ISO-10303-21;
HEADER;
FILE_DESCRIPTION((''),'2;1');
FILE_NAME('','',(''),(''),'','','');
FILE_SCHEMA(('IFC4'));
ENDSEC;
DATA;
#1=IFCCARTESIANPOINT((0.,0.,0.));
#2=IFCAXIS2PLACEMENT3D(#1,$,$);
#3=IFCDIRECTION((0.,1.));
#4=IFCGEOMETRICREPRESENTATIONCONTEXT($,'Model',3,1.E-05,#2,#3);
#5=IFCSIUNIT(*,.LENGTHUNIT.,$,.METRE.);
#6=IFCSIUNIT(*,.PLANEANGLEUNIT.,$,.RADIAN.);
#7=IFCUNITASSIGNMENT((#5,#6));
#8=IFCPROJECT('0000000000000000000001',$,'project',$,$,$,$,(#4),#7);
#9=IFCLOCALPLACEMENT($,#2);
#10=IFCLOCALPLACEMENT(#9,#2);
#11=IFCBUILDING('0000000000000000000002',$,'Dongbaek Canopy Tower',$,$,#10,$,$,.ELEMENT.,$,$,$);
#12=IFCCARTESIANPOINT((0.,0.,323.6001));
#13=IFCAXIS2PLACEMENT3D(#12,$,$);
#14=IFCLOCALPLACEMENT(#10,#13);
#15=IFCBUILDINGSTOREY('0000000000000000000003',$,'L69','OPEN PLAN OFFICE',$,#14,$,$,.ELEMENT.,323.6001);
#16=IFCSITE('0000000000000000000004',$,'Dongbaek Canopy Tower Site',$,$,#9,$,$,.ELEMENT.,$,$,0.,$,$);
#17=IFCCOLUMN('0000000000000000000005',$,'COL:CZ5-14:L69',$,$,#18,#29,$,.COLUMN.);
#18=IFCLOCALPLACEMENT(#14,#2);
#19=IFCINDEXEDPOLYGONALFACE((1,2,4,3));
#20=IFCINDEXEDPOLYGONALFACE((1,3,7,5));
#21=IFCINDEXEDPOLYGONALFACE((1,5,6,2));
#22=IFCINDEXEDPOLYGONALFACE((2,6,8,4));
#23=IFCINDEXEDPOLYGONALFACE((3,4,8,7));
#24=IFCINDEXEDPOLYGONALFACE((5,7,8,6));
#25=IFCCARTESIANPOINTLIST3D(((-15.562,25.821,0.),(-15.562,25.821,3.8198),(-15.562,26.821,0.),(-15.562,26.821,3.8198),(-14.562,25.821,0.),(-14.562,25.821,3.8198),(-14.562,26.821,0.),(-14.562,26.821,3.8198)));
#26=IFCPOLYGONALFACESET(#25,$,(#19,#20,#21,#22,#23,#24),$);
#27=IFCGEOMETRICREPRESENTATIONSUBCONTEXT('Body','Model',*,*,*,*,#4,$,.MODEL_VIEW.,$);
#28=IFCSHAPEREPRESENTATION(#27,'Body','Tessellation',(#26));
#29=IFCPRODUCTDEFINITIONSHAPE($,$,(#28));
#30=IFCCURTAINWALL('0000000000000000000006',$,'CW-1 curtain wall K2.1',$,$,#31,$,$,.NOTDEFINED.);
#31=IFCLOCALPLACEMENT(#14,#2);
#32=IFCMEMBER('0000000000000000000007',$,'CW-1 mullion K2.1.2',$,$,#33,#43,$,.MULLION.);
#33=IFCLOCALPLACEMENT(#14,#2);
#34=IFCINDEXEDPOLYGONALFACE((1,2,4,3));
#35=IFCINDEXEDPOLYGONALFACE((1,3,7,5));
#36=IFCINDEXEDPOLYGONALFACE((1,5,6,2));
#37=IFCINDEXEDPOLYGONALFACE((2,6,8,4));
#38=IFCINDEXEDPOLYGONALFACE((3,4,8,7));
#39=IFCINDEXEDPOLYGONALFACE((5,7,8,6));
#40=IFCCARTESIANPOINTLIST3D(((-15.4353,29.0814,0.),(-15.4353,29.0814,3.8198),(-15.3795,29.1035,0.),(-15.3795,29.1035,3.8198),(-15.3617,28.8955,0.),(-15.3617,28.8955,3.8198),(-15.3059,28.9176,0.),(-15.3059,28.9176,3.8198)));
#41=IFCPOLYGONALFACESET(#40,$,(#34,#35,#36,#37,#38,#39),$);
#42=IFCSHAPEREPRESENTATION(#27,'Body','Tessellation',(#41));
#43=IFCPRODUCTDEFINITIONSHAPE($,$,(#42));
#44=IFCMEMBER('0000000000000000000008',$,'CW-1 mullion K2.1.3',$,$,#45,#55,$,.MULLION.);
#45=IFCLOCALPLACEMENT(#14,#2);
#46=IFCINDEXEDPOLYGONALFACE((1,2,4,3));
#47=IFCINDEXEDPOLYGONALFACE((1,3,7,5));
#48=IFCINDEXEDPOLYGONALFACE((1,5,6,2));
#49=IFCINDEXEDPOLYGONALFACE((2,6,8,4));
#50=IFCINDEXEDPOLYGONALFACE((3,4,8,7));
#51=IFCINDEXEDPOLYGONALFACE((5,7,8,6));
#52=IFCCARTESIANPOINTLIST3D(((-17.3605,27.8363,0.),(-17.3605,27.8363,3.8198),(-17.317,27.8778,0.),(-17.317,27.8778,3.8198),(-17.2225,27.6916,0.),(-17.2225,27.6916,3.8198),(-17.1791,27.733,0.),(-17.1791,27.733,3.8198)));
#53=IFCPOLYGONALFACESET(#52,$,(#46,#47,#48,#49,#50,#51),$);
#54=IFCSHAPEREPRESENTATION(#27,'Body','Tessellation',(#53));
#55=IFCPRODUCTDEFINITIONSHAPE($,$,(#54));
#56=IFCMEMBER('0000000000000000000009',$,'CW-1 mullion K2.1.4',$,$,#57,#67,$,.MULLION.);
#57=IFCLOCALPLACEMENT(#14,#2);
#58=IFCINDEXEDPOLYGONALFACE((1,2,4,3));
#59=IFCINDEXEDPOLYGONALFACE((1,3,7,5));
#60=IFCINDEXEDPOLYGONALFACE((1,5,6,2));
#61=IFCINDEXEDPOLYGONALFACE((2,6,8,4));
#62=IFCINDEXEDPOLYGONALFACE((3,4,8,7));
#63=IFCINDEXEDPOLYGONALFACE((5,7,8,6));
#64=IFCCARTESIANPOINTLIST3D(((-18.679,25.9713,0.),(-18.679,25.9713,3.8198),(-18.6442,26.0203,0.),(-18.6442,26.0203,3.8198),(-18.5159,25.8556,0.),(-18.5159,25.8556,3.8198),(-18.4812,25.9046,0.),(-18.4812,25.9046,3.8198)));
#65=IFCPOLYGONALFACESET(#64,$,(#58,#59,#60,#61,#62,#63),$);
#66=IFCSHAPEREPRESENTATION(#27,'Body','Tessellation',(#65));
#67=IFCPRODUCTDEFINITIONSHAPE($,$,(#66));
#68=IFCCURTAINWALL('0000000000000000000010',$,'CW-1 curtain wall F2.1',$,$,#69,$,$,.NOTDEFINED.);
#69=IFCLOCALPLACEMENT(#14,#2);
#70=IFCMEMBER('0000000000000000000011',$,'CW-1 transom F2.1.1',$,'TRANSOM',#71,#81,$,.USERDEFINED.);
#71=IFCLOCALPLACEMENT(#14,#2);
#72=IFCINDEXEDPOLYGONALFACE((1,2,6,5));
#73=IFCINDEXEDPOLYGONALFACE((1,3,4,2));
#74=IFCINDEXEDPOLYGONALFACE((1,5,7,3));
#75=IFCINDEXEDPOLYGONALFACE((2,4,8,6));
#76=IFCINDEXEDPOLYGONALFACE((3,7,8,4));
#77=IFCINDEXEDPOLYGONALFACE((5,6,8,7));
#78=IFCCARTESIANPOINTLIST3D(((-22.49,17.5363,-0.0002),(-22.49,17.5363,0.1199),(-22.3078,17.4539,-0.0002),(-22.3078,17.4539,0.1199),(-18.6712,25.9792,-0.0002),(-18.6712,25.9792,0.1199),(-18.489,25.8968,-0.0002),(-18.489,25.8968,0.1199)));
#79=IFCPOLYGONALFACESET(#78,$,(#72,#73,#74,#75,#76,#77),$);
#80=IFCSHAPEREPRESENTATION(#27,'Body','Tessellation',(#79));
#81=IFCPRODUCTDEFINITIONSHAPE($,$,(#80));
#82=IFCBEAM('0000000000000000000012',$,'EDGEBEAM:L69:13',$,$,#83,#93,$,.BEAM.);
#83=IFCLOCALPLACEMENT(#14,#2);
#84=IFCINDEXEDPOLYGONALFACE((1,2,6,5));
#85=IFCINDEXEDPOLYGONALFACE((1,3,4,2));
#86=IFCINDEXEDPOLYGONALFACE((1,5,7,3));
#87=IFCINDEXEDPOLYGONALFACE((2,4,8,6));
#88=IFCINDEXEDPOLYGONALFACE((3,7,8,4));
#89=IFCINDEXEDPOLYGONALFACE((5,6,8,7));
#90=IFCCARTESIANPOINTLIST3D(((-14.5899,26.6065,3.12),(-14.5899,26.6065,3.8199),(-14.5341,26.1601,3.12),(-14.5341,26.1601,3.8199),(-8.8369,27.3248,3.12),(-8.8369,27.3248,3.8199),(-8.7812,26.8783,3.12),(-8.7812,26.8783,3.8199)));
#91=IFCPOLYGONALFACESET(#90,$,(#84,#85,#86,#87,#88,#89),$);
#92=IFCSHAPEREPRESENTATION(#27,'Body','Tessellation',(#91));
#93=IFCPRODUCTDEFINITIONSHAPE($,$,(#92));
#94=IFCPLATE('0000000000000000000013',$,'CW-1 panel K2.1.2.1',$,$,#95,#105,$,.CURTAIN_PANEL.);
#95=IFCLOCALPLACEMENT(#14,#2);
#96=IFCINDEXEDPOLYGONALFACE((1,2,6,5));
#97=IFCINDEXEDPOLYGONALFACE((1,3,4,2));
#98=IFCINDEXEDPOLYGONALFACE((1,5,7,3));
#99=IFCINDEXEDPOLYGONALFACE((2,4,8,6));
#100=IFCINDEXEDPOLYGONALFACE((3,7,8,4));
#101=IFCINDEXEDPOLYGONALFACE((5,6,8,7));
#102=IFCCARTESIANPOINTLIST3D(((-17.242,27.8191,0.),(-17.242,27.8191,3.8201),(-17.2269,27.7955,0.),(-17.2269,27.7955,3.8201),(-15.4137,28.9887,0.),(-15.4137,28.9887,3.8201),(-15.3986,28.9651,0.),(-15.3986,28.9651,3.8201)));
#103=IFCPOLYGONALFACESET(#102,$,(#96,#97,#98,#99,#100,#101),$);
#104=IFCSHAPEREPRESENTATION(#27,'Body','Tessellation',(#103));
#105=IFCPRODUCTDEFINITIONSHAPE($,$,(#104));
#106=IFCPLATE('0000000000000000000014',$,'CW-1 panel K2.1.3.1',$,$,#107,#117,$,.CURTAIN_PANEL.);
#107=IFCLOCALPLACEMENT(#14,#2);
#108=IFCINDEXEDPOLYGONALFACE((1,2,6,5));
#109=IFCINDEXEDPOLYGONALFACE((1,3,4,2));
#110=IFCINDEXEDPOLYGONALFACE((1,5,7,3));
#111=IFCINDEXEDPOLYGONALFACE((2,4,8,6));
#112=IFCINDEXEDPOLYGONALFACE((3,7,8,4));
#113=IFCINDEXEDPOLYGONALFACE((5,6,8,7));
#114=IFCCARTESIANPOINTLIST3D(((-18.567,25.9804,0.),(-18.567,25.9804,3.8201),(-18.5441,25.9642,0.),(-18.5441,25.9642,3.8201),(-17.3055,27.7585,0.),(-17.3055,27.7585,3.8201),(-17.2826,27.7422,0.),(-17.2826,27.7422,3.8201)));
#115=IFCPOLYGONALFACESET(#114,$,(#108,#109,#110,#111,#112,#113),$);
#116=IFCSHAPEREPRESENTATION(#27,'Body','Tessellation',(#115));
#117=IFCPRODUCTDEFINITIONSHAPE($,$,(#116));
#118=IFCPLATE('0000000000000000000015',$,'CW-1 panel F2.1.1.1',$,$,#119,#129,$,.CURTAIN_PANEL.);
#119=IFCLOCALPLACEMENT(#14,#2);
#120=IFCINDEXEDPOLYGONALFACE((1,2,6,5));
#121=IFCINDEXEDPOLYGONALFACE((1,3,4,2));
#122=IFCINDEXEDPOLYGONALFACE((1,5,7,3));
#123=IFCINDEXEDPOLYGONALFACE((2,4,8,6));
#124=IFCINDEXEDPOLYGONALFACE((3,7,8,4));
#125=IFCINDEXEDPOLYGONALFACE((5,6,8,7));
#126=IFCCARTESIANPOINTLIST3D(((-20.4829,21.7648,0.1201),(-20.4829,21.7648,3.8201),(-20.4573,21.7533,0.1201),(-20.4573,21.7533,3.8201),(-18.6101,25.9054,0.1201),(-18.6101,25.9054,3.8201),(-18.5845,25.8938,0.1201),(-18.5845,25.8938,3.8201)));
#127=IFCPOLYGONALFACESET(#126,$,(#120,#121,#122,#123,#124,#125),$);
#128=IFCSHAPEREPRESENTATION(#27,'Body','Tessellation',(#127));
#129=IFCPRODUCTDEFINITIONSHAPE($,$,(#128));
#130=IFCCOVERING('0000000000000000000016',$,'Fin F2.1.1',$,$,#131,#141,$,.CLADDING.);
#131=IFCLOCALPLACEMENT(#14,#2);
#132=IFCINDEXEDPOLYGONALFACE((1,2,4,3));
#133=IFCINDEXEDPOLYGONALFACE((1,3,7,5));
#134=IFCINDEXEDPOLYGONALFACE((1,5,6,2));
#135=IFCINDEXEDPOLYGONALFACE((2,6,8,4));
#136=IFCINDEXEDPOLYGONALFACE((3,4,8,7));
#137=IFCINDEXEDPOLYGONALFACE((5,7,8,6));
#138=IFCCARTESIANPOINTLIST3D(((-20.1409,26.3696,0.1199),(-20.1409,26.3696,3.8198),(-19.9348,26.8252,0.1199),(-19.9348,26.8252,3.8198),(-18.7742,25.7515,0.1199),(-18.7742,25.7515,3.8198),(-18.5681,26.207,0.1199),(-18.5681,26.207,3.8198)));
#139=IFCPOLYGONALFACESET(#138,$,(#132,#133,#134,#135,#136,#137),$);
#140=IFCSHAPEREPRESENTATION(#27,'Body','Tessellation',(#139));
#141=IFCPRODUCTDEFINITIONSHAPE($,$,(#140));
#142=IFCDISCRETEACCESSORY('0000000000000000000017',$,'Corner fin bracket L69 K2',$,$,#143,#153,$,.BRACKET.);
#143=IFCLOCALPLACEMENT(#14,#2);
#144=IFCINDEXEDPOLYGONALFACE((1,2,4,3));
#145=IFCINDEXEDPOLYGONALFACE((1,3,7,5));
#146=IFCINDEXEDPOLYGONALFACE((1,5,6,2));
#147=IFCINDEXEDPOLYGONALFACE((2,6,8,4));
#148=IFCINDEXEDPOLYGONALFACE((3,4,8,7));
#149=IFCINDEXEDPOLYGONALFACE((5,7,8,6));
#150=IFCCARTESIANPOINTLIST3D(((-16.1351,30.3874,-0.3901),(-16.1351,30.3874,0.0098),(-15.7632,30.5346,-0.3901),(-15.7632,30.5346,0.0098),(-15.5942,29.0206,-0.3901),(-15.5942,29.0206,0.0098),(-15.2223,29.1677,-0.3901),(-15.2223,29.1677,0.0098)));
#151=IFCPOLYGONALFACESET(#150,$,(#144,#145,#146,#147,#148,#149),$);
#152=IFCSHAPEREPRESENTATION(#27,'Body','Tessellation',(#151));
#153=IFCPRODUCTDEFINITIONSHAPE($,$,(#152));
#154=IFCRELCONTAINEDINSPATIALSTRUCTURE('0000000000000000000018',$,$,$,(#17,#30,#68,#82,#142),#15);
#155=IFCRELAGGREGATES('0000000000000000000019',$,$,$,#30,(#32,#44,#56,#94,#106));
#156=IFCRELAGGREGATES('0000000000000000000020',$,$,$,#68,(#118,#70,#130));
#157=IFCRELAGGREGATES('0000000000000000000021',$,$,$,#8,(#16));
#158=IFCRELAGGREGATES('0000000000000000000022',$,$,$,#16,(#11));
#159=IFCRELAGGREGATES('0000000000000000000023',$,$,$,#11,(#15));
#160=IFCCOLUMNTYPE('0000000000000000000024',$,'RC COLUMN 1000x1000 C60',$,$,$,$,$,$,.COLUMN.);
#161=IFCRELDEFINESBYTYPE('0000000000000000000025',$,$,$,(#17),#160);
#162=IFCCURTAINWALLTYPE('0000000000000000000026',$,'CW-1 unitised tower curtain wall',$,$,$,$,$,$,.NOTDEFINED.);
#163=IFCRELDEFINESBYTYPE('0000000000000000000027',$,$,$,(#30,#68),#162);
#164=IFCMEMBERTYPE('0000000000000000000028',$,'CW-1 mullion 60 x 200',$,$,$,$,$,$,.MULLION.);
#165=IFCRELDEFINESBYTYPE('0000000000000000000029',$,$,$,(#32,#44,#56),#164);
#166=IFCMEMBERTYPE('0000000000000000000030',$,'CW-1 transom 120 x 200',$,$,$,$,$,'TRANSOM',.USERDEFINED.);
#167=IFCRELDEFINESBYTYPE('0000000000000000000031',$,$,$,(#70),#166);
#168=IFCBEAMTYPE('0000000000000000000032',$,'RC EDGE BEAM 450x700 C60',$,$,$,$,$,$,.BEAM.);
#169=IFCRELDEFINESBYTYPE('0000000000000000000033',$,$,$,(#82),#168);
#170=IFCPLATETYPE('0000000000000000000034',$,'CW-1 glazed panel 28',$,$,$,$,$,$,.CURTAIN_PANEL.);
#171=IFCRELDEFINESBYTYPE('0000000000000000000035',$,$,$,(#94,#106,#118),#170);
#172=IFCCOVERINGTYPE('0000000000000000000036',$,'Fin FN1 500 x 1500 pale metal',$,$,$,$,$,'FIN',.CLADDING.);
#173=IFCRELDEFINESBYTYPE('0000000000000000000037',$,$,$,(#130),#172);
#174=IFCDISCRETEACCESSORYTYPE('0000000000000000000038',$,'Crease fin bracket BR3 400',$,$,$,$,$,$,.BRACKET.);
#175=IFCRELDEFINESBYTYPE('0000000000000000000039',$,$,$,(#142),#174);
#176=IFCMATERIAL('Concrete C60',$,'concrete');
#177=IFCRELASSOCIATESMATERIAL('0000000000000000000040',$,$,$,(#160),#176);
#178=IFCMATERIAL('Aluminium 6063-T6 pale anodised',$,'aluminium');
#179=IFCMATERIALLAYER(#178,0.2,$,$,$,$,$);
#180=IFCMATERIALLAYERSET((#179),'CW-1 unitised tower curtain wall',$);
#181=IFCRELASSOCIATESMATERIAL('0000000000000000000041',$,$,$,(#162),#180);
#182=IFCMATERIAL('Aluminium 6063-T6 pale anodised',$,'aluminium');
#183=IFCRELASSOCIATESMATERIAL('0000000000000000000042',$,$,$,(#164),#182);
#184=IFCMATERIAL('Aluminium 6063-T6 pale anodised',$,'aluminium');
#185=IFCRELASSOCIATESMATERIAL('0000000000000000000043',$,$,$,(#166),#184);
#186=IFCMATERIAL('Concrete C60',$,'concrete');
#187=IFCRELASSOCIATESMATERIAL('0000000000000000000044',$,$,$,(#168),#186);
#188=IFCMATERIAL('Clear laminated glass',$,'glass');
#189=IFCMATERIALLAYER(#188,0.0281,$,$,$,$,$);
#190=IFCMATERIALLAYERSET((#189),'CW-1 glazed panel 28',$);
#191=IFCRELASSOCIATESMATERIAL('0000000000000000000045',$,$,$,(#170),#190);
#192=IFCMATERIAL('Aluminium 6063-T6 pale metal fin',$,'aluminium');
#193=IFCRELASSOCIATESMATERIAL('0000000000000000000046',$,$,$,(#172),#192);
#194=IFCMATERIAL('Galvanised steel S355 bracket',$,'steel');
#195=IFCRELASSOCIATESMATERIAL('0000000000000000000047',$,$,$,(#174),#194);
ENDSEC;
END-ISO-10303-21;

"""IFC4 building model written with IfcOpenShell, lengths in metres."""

from ifc_helpers import new_model, si_unit, direction, frame, origin, origin_2d, place, context, subcontext, project, spatial, rectangle, extrude, material, layer, layer_set, material_profile, profile_set, type_object, element, aggregate, save


model = new_model("IFC4")

# Units and contexts
model_context = context("Model", 3, precision=1e-05, world=origin(), true_north=direction((0.0, 1.0)))
body_context = subcontext(model_context, "Body", "Model", "MODEL_VIEW")
ifc_project = project(units=[si_unit("LENGTHUNIT", "METRE"), si_unit("PLANEANGLEUNIT", "RADIAN")], contexts=[model_context])

# Site, building, storey
site_placement = place(None, origin())
site = spatial("IfcSite", under=ifc_project, at=site_placement, Name="Dongbaek Canopy Tower Site", CompositionType="ELEMENT", RefElevation=0.0)
building_placement = place(site_placement, origin())
building = spatial("IfcBuilding", under=site, at=building_placement, Name="Dongbaek Canopy Tower", CompositionType="ELEMENT")
storey_placement = place(building_placement, frame((0.0, 0.0, 323.6001)))
storey = spatial("IfcBuildingStorey", under=building, at=storey_placement, Name="L69", Description="OPEN PLAN OFFICE", CompositionType="ELEMENT", Elevation=323.6001)

# Column
ifc_material_1 = material(Name="Concrete C60", Category="concrete")
ifc_material_profile_1 = material_profile(ifc_material_1, rectangle(XDim=1.0, YDim=1.0, at=origin_2d()), Name="RC COLUMN 1000x1000 C60")
ifc_profile_set_1 = profile_set([ifc_material_profile_1], Name="Concrete C60")
column_type = type_object("IfcColumnType", Name="RC COLUMN 1000x1000 C60", PredefinedType="COLUMN", material=ifc_profile_set_1)
column_placement = place(storey_placement, frame((-15.062, 26.321, 0.0), z_axis=(0.0, 0.0, 1.0), x_axis=(1.0, 0.0, 0.0)))
element("IfcColumn", 1, at=column_placement, inside=storey, type_object=column_type, Name="COL:CZ5-14:L69", PredefinedType="COLUMN", context=body_context, shape_type="SweptSolid", body=[
    extrude(rectangle(XDim=1.0, YDim=1.0, at=origin_2d()), origin(), (0.0, 0.0, 1.0), 3.8198),
])

# Curtain wall, members
ifc_material_2 = material(Name="Aluminium 6063-T6 pale anodised", Category="aluminium")
ifc_layer_1 = layer(ifc_material_2, 0.2)
ifc_layer_set_1 = layer_set([ifc_layer_1], Name="CW-1 unitised tower curtain wall")
curtain_wall_type = type_object("IfcCurtainWallType", Name="CW-1 unitised tower curtain wall", PredefinedType="NOTDEFINED", material=ifc_layer_set_1)
curtain_wall_1_placement = place(storey_placement, origin())
curtain_wall_1 = element("IfcCurtainWall", 2, at=curtain_wall_1_placement, inside=storey, type_object=curtain_wall_type, Name="CW-1 curtain wall K2.1", PredefinedType="NOTDEFINED")
ifc_material_3 = material(Name="Aluminium 6063-T6 pale anodised", Category="aluminium")
ifc_material_profile_2 = material_profile(ifc_material_3, rectangle(XDim=0.2, YDim=0.0601, at=origin_2d()), Name="CW-1 mullion 60 x 200")
ifc_profile_set_2 = profile_set([ifc_material_profile_2], Name="Aluminium 6063-T6 pale anodised")
member_type_1 = type_object("IfcMemberType", Name="CW-1 mullion 60 x 200", PredefinedType="MULLION", material=ifc_profile_set_2)
member_1_placement = place(storey_placement, frame((-15.3706, 28.9995, 0.0), z_axis=(0.0, 0.0, 1.0), x_axis=(-0.367962, 0.929841, 0.0)))
member_1 = element("IfcMember", 3, at=member_1_placement, type_object=member_type_1, Name="CW-1 mullion K2.1.2", PredefinedType="MULLION", context=body_context, shape_type="SweptSolid", body=[
    extrude(rectangle(XDim=0.2, YDim=0.0601, at=origin_2d()), origin(), (0.0, 0.0, 1.0), 3.8198),
])
member_2_placement = place(storey_placement, frame((-17.2698, 27.7847, 0.0), z_axis=(0.0, 0.0, 1.0), x_axis=(-0.689947, 0.72386, 0.0)))
member_2 = element("IfcMember", 4, at=member_2_placement, type_object=member_type_1, Name="CW-1 mullion K2.1.3", PredefinedType="MULLION", context=body_context, shape_type="SweptSolid", body=[
    extrude(rectangle(XDim=0.2, YDim=0.0601, at=origin_2d()), origin(), (0.0, 0.0, 1.0), 3.8198),
])
member_3_placement = place(storey_placement, frame((-18.5801, 25.938, 0.0), z_axis=(0.0, 0.0, 1.0), x_axis=(-0.815571, 0.578657, 0.0)))
member_3 = element("IfcMember", 5, at=member_3_placement, type_object=member_type_1, Name="CW-1 mullion K2.1.4", PredefinedType="MULLION", context=body_context, shape_type="SweptSolid", body=[
    extrude(rectangle(XDim=0.2, YDim=0.0601, at=origin_2d()), origin(), (0.0, 0.0, 1.0), 3.8198),
])

# Curtain wall, member
curtain_wall_2_placement = place(storey_placement, origin())
curtain_wall_2 = element("IfcCurtainWall", 6, at=curtain_wall_2_placement, inside=storey, type_object=curtain_wall_type, Name="CW-1 curtain wall F2.1", PredefinedType="NOTDEFINED")
ifc_material_4 = material(Name="Aluminium 6063-T6 pale anodised", Category="aluminium")
ifc_material_profile_3 = material_profile(ifc_material_4, rectangle(XDim=0.2, YDim=0.1201, at=origin_2d()), Name="CW-1 transom 120 x 200")
ifc_profile_set_3 = profile_set([ifc_material_profile_3], Name="Aluminium 6063-T6 pale anodised")
member_type_2 = type_object("IfcMemberType", Name="CW-1 transom 120 x 200", ElementType="TRANSOM", PredefinedType="USERDEFINED", material=ifc_profile_set_3)
member_4_placement = place(storey_placement, frame((-18.5801, 25.938, 0.0598), z_axis=(-0.412119, -0.91113, 0.0), x_axis=(0.91113, -0.412119, 0.0)))
member_4 = element("IfcMember", 7, at=member_4_placement, type_object=member_type_2, Name="CW-1 transom F2.1.1", ObjectType="TRANSOM", PredefinedType="USERDEFINED", context=body_context, shape_type="SweptSolid", body=[
    extrude(rectangle(XDim=0.2, YDim=0.1201, at=origin_2d()), origin(), (0.0, 0.0, 1.0), 9.2664),
])

# Beam
ifc_material_5 = material(Name="Concrete C60", Category="concrete")
ifc_material_profile_4 = material_profile(ifc_material_5, rectangle(XDim=0.45, YDim=0.7, at=origin_2d()), Name="RC EDGE BEAM 450x700 C60")
ifc_profile_set_4 = profile_set([ifc_material_profile_4], Name="Concrete C60")
beam_type = type_object("IfcBeamType", Name="RC EDGE BEAM 450x700 C60", PredefinedType="BEAM", material=ifc_profile_set_4)
beam_placement = place(storey_placement, frame((-14.562, 26.3833, 3.47), z_axis=(0.992296, 0.12389, 0.0), x_axis=(-0.12389, 0.992296, 0.0)))
element("IfcBeam", 8, at=beam_placement, inside=storey, type_object=beam_type, Name="EDGEBEAM:L69:13", PredefinedType="BEAM", context=body_context, shape_type="SweptSolid", body=[
    extrude(rectangle(XDim=0.45, YDim=0.7, at=origin_2d()), origin(), (0.0, 0.0, 1.0), 5.7976),
])

# Plates
ifc_material_6 = material(Name="Clear laminated glass", Category="glass")
ifc_layer_2 = layer(ifc_material_6, 0.0281)
ifc_layer_set_2 = layer_set([ifc_layer_2], Name="CW-1 glazed panel 28")
plate_type = type_object("IfcPlateType", Name="CW-1 glazed panel 28", PredefinedType="CURTAIN_PANEL", material=ifc_layer_set_2)
plate_1_placement = place(storey_placement, frame((-16.3203, 28.3921, 0.0), z_axis=(0.0, 0.0, 1.0), x_axis=(-0.842378, -0.538888, 0.0)))
plate_1 = element("IfcPlate", 9, at=plate_1_placement, type_object=plate_type, Name="CW-1 panel K2.1.2.1", PredefinedType="CURTAIN_PANEL", context=body_context, shape_type="SweptSolid", body=[
    extrude(rectangle(XDim=2.1704, YDim=0.0281, at=origin_2d()), origin(), (0.0, 0.0, 1.0), 3.8201),
])
plate_2_placement = place(storey_placement, frame((-17.9248, 26.8613, 0.0), z_axis=(0.0, 0.0, 1.0), x_axis=(-0.578657, -0.815571, 0.0)))
plate_2 = element("IfcPlate", 10, at=plate_2_placement, type_object=plate_type, Name="CW-1 panel K2.1.3.1", PredefinedType="CURTAIN_PANEL", context=body_context, shape_type="SweptSolid", body=[
    extrude(rectangle(XDim=2.1802, YDim=0.0281, at=origin_2d()), origin(), (0.0, 0.0, 1.0), 3.8201),
])
aggregate(curtain_wall_1, [member_1, member_2, member_3, plate_1, plate_2])
plate_3_placement = place(storey_placement, frame((-19.5337, 23.8293, 0.1201), z_axis=(0.0, 0.0, 1.0), x_axis=(-0.412122, -0.911129, 0.0)))
plate_3 = element("IfcPlate", 11, at=plate_3_placement, type_object=plate_type, Name="CW-1 panel F2.1.1.1", PredefinedType="CURTAIN_PANEL", context=body_context, shape_type="SweptSolid", body=[
    extrude(rectangle(XDim=4.5444, YDim=0.0281, at=origin_2d()), origin(), (0.0, 0.0, 1.0), 3.7),
])

# Covering
ifc_material_7 = material(Name="Aluminium 6063-T6 pale metal fin", Category="aluminium")
ifc_material_profile_5 = material_profile(ifc_material_7, rectangle(XDim=1.5, YDim=0.5, at=origin_2d()), Name="Fin FN1 500 x 1500 pale metal")
ifc_profile_set_5 = profile_set([ifc_material_profile_5], Name="Aluminium 6063-T6 pale metal fin")
covering_type = type_object("IfcCoveringType", Name="Fin FN1 500 x 1500 pale metal", ElementType="FIN", PredefinedType="CLADDING", material=ifc_profile_set_5)
covering_placement = place(storey_placement, frame((-19.3545, 26.2883, 0.1199), z_axis=(0.0, 0.0, 1.0), x_axis=(-0.911129, 0.412122, 0.0)))
covering = element("IfcCovering", 12, at=covering_placement, type_object=covering_type, Name="Fin F2.1.1", PredefinedType="CLADDING", context=body_context, shape_type="SweptSolid", body=[
    extrude(rectangle(XDim=1.5, YDim=0.5, at=origin_2d()), origin(), (0.0, 0.0, 1.0), 3.7),
])
aggregate(curtain_wall_2, [plate_3, member_4, covering])

# Discrete accessory
ifc_material_8 = material(Name="Galvanised steel S355 bracket", Category="steel")
discrete_accessory_type = type_object("IfcDiscreteAccessoryType", Name="Crease fin bracket BR3 400", PredefinedType="BRACKET", material=ifc_material_8)
discrete_accessory_placement = place(storey_placement, frame((-15.6787, 29.7776, -0.3901), z_axis=(0.0, 0.0, 1.0), x_axis=(-0.367962, 0.929841, 0.0)))
element("IfcDiscreteAccessory", 13, at=discrete_accessory_placement, inside=storey, type_object=discrete_accessory_type, Name="Corner fin bracket L69 K2", PredefinedType="BRACKET", context=body_context, shape_type="SweptSolid", body=[
    extrude(rectangle(XDim=1.47, YDim=0.3999, at=origin_2d()), origin(), (0.0, 0.0, 1.0), 0.3999),
])

save(model, "model.ifc")
